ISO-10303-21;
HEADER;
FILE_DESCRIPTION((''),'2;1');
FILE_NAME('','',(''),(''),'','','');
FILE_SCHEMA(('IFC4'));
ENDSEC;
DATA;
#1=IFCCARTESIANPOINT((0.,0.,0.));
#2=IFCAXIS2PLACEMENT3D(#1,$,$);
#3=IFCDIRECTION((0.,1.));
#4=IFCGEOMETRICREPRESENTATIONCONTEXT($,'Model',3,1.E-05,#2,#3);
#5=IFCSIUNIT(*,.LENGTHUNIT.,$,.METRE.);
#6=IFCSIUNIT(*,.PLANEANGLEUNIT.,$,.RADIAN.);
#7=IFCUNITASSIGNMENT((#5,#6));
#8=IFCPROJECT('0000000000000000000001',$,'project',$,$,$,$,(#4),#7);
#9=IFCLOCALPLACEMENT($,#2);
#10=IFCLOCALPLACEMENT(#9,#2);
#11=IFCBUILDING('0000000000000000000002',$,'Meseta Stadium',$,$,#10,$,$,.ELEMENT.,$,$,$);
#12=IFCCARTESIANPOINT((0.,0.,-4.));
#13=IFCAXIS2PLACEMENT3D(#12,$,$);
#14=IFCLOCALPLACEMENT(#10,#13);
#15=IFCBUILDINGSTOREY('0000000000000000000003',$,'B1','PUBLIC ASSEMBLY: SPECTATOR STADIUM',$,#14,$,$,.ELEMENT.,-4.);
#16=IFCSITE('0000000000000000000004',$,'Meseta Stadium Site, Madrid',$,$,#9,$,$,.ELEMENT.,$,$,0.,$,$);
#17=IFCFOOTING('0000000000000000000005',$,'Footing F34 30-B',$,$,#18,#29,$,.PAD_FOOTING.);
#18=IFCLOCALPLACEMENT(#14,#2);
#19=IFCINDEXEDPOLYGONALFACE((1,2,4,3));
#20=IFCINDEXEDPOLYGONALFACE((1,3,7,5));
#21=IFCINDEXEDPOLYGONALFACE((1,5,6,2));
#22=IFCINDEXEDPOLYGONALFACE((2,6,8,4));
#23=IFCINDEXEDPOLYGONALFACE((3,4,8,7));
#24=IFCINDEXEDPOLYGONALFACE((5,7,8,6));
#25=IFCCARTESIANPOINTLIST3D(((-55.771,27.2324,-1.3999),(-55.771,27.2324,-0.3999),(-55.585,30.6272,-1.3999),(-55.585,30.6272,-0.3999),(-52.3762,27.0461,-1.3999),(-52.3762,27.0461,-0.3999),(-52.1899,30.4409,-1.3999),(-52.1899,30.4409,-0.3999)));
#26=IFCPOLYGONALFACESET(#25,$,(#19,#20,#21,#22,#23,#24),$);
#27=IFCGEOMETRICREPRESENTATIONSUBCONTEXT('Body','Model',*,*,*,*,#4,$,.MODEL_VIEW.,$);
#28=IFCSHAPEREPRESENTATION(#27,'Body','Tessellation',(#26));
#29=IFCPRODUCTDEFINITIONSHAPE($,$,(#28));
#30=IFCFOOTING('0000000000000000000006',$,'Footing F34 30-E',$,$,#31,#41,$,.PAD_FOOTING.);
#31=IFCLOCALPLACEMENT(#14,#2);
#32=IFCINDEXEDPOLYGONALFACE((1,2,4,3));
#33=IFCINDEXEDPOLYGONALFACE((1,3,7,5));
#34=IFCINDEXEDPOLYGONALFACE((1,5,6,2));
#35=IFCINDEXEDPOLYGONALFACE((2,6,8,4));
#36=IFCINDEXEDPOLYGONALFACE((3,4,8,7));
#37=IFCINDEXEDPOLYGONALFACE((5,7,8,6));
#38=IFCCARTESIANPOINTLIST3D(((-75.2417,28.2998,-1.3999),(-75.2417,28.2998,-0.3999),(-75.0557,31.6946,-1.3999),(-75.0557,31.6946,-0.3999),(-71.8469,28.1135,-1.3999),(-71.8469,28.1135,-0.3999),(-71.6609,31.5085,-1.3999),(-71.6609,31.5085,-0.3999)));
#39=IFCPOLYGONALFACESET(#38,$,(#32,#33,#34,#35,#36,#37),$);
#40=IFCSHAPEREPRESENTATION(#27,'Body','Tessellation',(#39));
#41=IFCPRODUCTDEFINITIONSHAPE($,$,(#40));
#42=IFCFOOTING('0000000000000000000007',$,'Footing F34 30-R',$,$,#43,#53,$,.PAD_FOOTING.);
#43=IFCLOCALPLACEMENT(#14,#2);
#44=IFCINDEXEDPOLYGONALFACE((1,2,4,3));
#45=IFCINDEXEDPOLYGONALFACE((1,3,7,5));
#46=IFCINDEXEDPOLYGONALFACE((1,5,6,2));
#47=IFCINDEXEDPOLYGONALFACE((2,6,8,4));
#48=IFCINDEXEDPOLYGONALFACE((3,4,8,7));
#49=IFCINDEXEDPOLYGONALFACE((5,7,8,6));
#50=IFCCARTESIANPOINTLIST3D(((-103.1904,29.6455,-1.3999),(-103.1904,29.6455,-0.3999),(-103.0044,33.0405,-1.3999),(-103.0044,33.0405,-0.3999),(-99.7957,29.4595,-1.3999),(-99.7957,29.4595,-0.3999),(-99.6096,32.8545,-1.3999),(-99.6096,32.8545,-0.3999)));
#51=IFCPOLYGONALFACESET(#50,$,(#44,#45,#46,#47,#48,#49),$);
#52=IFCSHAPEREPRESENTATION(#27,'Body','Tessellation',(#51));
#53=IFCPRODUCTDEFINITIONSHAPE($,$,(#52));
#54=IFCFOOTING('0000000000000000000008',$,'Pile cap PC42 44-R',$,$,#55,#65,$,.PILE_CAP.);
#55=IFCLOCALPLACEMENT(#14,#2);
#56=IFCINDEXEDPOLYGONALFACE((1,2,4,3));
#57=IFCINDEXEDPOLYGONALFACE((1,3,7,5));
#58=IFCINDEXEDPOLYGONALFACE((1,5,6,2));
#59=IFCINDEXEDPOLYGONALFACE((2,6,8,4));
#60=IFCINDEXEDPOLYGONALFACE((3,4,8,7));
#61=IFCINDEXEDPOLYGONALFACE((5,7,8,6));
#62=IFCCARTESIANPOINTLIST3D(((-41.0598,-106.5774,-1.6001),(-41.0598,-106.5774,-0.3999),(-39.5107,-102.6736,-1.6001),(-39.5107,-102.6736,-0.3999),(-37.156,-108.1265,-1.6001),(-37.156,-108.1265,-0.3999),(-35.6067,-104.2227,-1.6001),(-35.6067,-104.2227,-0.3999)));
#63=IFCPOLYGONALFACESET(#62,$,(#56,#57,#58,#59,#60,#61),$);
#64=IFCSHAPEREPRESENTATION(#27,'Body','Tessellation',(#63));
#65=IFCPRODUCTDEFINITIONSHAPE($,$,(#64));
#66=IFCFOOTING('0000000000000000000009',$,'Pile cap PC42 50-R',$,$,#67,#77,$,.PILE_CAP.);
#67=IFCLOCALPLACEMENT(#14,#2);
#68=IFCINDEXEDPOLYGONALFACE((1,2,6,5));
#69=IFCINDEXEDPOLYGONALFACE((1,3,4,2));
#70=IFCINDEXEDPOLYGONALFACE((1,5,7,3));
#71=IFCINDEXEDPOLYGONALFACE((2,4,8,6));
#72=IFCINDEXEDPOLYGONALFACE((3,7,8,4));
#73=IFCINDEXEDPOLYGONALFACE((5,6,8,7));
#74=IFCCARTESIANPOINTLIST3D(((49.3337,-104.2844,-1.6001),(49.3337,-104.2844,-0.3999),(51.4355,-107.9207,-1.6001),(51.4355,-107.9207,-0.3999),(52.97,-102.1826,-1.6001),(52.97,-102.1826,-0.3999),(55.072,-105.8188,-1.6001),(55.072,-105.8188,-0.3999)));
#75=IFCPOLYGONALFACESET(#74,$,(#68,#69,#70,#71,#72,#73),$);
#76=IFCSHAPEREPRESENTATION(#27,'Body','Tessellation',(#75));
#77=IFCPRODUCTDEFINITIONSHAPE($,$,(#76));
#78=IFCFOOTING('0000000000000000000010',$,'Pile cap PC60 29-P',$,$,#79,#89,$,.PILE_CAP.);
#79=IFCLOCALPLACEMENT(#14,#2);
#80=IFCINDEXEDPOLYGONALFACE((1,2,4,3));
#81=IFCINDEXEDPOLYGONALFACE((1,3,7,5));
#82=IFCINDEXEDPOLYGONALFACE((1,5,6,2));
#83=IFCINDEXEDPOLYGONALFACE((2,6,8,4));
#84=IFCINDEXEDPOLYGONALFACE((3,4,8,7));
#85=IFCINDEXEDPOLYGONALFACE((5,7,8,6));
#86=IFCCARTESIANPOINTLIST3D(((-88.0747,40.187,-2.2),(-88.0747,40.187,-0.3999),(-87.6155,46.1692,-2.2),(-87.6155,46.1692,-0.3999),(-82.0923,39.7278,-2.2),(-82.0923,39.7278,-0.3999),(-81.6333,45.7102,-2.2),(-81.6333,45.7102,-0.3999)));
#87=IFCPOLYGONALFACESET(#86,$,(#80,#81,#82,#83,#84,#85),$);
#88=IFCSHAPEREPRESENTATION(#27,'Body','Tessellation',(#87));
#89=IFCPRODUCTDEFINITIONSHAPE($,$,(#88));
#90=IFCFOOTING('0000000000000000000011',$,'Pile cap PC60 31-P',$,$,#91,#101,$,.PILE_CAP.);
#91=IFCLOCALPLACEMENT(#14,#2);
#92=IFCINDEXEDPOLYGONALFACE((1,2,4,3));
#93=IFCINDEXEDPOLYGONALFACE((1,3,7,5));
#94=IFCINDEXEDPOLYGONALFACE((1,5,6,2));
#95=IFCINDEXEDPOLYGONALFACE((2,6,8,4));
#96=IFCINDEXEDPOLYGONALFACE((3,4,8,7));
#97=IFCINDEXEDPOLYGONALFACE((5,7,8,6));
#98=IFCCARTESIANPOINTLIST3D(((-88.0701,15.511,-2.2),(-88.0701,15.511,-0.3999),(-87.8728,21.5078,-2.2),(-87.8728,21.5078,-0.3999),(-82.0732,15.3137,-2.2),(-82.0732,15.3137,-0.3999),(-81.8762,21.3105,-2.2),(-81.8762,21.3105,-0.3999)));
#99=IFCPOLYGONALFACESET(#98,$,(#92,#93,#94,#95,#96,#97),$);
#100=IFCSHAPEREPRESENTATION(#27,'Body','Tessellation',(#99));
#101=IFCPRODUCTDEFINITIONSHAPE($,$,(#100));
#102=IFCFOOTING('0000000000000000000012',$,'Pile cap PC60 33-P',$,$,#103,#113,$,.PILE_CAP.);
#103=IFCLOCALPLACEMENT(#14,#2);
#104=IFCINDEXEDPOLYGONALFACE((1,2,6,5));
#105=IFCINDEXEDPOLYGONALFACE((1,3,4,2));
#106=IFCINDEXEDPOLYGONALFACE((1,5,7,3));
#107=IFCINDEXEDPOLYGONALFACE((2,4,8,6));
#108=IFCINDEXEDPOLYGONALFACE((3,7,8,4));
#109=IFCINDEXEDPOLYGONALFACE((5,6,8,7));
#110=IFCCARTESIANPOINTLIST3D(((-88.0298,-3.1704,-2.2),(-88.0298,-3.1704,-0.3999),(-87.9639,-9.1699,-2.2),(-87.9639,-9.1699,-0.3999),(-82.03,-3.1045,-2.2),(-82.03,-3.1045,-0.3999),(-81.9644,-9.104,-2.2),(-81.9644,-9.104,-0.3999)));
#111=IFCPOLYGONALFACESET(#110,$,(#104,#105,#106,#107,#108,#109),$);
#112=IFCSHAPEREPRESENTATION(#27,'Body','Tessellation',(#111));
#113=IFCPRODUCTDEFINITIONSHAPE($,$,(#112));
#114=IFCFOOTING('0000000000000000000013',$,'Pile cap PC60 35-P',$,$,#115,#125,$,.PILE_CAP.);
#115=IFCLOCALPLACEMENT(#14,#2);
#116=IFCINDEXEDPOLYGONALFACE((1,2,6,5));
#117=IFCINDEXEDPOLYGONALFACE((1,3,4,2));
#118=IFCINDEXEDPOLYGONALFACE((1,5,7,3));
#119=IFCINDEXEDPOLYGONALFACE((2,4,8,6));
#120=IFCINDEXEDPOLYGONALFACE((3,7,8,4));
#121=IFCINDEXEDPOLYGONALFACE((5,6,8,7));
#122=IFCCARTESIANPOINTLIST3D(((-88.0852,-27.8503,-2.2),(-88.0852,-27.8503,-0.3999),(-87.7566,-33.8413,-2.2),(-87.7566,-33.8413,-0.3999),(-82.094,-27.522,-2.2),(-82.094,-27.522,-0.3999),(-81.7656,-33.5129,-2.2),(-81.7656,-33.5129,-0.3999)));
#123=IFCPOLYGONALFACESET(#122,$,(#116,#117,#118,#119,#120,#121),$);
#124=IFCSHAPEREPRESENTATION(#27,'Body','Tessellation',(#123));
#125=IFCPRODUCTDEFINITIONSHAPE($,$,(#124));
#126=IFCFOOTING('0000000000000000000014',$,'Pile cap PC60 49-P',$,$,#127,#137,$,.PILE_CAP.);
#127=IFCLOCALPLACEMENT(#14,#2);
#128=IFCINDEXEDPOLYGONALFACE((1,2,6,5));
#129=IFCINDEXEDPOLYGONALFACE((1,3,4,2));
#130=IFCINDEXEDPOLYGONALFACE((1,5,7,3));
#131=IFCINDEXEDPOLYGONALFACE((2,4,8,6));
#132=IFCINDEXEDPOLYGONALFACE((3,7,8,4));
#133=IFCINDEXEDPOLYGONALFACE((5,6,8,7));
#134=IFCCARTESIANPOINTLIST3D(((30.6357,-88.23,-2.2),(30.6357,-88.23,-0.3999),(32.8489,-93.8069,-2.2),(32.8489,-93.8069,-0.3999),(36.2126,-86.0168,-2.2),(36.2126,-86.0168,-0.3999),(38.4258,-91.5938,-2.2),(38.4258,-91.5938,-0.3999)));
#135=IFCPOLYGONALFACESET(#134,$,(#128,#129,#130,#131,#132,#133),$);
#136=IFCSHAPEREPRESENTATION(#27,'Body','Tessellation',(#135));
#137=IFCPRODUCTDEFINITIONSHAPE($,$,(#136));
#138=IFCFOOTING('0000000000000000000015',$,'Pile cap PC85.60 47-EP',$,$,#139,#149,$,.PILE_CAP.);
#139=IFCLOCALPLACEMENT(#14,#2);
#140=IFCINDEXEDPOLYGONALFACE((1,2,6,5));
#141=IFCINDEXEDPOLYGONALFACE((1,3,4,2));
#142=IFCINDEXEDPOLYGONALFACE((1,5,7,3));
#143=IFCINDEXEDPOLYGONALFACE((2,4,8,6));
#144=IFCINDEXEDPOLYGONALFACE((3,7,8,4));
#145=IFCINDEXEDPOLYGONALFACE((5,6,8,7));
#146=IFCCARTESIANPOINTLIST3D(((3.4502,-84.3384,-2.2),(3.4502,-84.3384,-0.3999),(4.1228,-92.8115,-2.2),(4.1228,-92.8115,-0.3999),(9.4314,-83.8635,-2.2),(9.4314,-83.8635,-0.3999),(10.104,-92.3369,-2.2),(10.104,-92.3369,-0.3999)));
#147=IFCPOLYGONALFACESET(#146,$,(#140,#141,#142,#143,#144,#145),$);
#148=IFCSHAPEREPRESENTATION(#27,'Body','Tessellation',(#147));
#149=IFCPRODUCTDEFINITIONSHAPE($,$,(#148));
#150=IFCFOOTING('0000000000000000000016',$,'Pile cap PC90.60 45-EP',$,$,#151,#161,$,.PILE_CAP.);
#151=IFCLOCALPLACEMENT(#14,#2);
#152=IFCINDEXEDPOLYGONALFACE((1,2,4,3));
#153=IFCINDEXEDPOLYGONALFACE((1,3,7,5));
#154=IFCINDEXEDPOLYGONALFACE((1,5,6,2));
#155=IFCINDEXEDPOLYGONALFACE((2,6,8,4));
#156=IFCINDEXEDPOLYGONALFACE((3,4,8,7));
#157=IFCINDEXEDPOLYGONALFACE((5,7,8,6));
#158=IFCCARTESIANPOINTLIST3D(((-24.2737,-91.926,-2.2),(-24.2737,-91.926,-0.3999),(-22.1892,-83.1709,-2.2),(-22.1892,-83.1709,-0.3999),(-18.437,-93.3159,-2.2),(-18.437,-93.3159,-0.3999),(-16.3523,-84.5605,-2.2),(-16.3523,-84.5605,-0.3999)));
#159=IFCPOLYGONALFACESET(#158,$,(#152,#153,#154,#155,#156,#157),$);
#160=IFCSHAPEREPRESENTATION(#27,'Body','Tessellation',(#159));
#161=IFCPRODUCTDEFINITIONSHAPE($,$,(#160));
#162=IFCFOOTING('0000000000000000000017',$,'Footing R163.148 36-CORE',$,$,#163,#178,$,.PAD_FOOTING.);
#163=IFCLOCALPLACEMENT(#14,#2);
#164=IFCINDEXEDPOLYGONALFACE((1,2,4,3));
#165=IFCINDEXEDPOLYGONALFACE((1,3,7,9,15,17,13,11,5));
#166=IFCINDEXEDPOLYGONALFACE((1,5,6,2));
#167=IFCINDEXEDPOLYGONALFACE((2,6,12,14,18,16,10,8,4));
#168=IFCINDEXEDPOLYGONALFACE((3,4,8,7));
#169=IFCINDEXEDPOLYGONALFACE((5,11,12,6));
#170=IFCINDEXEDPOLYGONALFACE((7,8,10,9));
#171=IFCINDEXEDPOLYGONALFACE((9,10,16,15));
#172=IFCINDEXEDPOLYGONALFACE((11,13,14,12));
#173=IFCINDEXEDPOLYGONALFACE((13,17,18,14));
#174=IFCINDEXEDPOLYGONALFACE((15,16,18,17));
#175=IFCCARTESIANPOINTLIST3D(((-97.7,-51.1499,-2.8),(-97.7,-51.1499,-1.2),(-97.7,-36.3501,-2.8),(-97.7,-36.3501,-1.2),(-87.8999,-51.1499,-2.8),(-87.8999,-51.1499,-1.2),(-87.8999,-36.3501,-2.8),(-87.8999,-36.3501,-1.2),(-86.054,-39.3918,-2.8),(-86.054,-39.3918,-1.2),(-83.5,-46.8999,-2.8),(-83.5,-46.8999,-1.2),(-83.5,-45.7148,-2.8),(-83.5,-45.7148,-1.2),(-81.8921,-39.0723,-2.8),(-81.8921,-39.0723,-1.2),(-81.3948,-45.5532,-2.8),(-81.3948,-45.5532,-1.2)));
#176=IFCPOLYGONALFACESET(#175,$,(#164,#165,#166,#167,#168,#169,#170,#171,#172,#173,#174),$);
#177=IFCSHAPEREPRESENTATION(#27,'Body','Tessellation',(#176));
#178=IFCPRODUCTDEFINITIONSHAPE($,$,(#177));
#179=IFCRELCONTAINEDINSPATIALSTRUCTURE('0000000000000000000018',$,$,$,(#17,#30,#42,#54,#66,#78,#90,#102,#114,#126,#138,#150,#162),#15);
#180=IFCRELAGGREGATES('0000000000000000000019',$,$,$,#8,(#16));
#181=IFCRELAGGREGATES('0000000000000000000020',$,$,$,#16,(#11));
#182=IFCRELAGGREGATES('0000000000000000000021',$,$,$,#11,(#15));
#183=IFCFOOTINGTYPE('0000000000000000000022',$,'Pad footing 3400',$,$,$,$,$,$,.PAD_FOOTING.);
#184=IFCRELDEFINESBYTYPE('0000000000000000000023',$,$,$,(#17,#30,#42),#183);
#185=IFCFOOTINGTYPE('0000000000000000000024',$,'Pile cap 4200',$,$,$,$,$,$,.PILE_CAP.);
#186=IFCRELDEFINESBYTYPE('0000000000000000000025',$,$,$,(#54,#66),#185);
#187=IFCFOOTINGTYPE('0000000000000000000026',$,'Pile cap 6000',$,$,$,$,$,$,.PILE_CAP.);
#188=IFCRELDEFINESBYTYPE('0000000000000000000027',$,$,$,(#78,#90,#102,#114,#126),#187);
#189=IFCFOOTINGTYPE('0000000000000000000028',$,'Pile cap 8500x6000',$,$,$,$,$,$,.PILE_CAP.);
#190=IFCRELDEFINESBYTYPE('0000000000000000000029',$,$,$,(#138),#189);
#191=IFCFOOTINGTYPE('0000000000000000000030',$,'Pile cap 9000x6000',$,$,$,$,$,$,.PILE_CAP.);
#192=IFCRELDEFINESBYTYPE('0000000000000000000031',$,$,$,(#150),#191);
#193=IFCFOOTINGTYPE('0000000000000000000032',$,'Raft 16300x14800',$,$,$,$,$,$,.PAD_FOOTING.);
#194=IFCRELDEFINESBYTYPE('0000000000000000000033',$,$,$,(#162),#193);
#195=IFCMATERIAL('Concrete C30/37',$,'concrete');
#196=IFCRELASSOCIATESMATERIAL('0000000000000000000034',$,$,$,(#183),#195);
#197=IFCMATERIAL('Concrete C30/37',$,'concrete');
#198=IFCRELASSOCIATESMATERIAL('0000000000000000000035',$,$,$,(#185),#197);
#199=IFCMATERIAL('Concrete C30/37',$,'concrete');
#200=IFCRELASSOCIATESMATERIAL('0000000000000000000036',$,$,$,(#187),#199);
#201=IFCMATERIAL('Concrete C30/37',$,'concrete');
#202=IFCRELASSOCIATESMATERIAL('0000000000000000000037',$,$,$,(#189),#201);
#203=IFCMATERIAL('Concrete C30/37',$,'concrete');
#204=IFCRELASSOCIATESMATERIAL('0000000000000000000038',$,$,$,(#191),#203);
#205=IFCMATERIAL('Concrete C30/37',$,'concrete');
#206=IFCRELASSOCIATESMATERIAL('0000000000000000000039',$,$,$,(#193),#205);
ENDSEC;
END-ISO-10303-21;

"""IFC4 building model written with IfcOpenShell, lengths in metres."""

from ifc_helpers import new_model, si_unit, direction, frame, origin, place, context, subcontext, project, spatial, polyline, outline, extrude, material, type_object, element, save


model = new_model("IFC4")

# Units and contexts
model_context = context("Model", 3, precision=1e-05, world=origin(), true_north=direction((0.0, 1.0)))
body_context = subcontext(model_context, "Body", "Model", "MODEL_VIEW")
ifc_project = project(units=[si_unit("LENGTHUNIT", "METRE"), si_unit("PLANEANGLEUNIT", "RADIAN")], contexts=[model_context])

# Site, building, storey
site_placement = place(None, origin())
site = spatial("IfcSite", under=ifc_project, at=site_placement, Name="Meseta Stadium Site, Madrid", CompositionType="ELEMENT", RefElevation=0.0)
building_placement = place(site_placement, origin())
building = spatial("IfcBuilding", under=site, at=building_placement, Name="Meseta Stadium", CompositionType="ELEMENT")
storey_placement = place(building_placement, frame((0.0, 0.0, -4.0)))
storey = spatial("IfcBuildingStorey", under=building, at=storey_placement, Name="B1", Description="PUBLIC ASSEMBLY: SPECTATOR STADIUM", CompositionType="ELEMENT", Elevation=-4.0)

# Footings
ifc_material_1 = material(Name="Concrete C30/37", Category="concrete")
footing_type_1 = type_object("IfcFootingType", Name="Pad footing 3400", PredefinedType="PAD_FOOTING", material=ifc_material_1)
footing_1_placement = place(storey_placement, frame((0.0, 0.0, -1.3999)))
element("IfcFooting", 1, at=footing_1_placement, inside=storey, type_object=footing_type_1, Name="Footing F34 30-B", PredefinedType="PAD_FOOTING", context=body_context, shape_type="SweptSolid", body=[
    extrude(outline(polyline([(-52.1899, 30.4409), (-55.585, 30.6272), (-55.771, 27.2324), (-52.3762, 27.0461), (-52.1899, 30.4409)])), origin(), (0.0, 0.0, 1.0), 1.0),
])
footing_2_placement = place(storey_placement, frame((0.0, 0.0, -1.3999)))
element("IfcFooting", 2, at=footing_2_placement, inside=storey, type_object=footing_type_1, Name="Footing F34 30-E", PredefinedType="PAD_FOOTING", context=body_context, shape_type="SweptSolid", body=[
    extrude(outline(polyline([(-71.6609, 31.5085), (-75.0557, 31.6946), (-75.2417, 28.2998), (-71.8469, 28.1135), (-71.6609, 31.5085)])), origin(), (0.0, 0.0, 1.0), 1.0),
])
footing_3_placement = place(storey_placement, frame((0.0, 0.0, -1.3999)))
element("IfcFooting", 3, at=footing_3_placement, inside=storey, type_object=footing_type_1, Name="Footing F34 30-R", PredefinedType="PAD_FOOTING", context=body_context, shape_type="SweptSolid", body=[
    extrude(outline(polyline([(-99.6096, 32.8545), (-103.0044, 33.0405), (-103.1904, 29.6455), (-99.7957, 29.4595), (-99.6096, 32.8545)])), origin(), (0.0, 0.0, 1.0), 1.0),
])
ifc_material_2 = material(Name="Concrete C30/37", Category="concrete")
footing_type_2 = type_object("IfcFootingType", Name="Pile cap 4200", PredefinedType="PILE_CAP", material=ifc_material_2)
footing_4_placement = place(storey_placement, frame((0.0, 0.0, -1.6001)))
element("IfcFooting", 4, at=footing_4_placement, inside=storey, type_object=footing_type_2, Name="Pile cap PC42 44-R", PredefinedType="PILE_CAP", context=body_context, shape_type="SweptSolid", body=[
    extrude(outline(polyline([(-39.5107, -102.6736), (-41.0598, -106.5774), (-37.156, -108.1265), (-35.6067, -104.2227), (-39.5107, -102.6736)])), origin(), (0.0, 0.0, 1.0), 1.2002),
])
footing_5_placement = place(storey_placement, frame((0.0, 0.0, -1.6001)))
element("IfcFooting", 5, at=footing_5_placement, inside=storey, type_object=footing_type_2, Name="Pile cap PC42 50-R", PredefinedType="PILE_CAP", context=body_context, shape_type="SweptSolid", body=[
    extrude(outline(polyline([(49.3337, -104.2844), (51.4355, -107.9207), (55.072, -105.8188), (52.97, -102.1826), (49.3337, -104.2844)])), origin(), (0.0, 0.0, 1.0), 1.2002),
])
ifc_material_3 = material(Name="Concrete C30/37", Category="concrete")
footing_type_3 = type_object("IfcFootingType", Name="Pile cap 6000", PredefinedType="PILE_CAP", material=ifc_material_3)
footing_6_placement = place(storey_placement, frame((0.0, 0.0, -2.2)))
element("IfcFooting", 6, at=footing_6_placement, inside=storey, type_object=footing_type_3, Name="Pile cap PC60 29-P", PredefinedType="PILE_CAP", context=body_context, shape_type="SweptSolid", body=[
    extrude(outline(polyline([(-81.6333, 45.7102), (-87.6155, 46.1692), (-88.0747, 40.187), (-82.0923, 39.7278), (-81.6333, 45.7102)])), origin(), (0.0, 0.0, 1.0), 1.8),
])
footing_7_placement = place(storey_placement, frame((0.0, 0.0, -2.2)))
element("IfcFooting", 7, at=footing_7_placement, inside=storey, type_object=footing_type_3, Name="Pile cap PC60 31-P", PredefinedType="PILE_CAP", context=body_context, shape_type="SweptSolid", body=[
    extrude(outline(polyline([(-81.8762, 21.3105), (-87.8728, 21.5078), (-88.0701, 15.511), (-82.0732, 15.3137), (-81.8762, 21.3105)])), origin(), (0.0, 0.0, 1.0), 1.8),
])
footing_8_placement = place(storey_placement, frame((0.0, 0.0, -2.2)))
element("IfcFooting", 8, at=footing_8_placement, inside=storey, type_object=footing_type_3, Name="Pile cap PC60 33-P", PredefinedType="PILE_CAP", context=body_context, shape_type="SweptSolid", body=[
    extrude(outline(polyline([(-82.03, -3.1045), (-88.0298, -3.1704), (-87.9639, -9.1699), (-81.9644, -9.104), (-82.03, -3.1045)])), origin(), (0.0, 0.0, 1.0), 1.8),
])
footing_9_placement = place(storey_placement, frame((0.0, 0.0, -2.2)))
element("IfcFooting", 9, at=footing_9_placement, inside=storey, type_object=footing_type_3, Name="Pile cap PC60 35-P", PredefinedType="PILE_CAP", context=body_context, shape_type="SweptSolid", body=[
    extrude(outline(polyline([(-82.094, -27.522), (-88.0852, -27.8503), (-87.7566, -33.8413), (-81.7656, -33.5129), (-82.094, -27.522)])), origin(), (0.0, 0.0, 1.0), 1.8),
])
footing_10_placement = place(storey_placement, frame((0.0, 0.0, -2.2)))
element("IfcFooting", 10, at=footing_10_placement, inside=storey, type_object=footing_type_3, Name="Pile cap PC60 49-P", PredefinedType="PILE_CAP", context=body_context, shape_type="SweptSolid", body=[
    extrude(outline(polyline([(30.6357, -88.23), (32.8489, -93.8069), (38.4258, -91.5938), (36.2126, -86.0168), (30.6357, -88.23)])), origin(), (0.0, 0.0, 1.0), 1.8),
])
ifc_material_4 = material(Name="Concrete C30/37", Category="concrete")
footing_type_4 = type_object("IfcFootingType", Name="Pile cap 8500x6000", PredefinedType="PILE_CAP", material=ifc_material_4)
footing_11_placement = place(storey_placement, frame((0.0, 0.0, -2.2)))
element("IfcFooting", 11, at=footing_11_placement, inside=storey, type_object=footing_type_4, Name="Pile cap PC85.60 47-EP", PredefinedType="PILE_CAP", context=body_context, shape_type="SweptSolid", body=[
    extrude(outline(polyline([(3.4502, -84.3384), (4.1228, -92.8115), (10.104, -92.3369), (9.4314, -83.8635), (3.4502, -84.3384)])), origin(), (0.0, 0.0, 1.0), 1.8),
])
ifc_material_5 = material(Name="Concrete C30/37", Category="concrete")
footing_type_5 = type_object("IfcFootingType", Name="Pile cap 9000x6000", PredefinedType="PILE_CAP", material=ifc_material_5)
footing_12_placement = place(storey_placement, frame((0.0, 0.0, -2.2)))
element("IfcFooting", 12, at=footing_12_placement, inside=storey, type_object=footing_type_5, Name="Pile cap PC90.60 45-EP", PredefinedType="PILE_CAP", context=body_context, shape_type="SweptSolid", body=[
    extrude(outline(polyline([(-22.1892, -83.1709), (-24.2737, -91.926), (-18.437, -93.3159), (-16.3523, -84.5605), (-22.1892, -83.1709)])), origin(), (0.0, 0.0, 1.0), 1.8),
])
ifc_material_6 = material(Name="Concrete C30/37", Category="concrete")
footing_type_6 = type_object("IfcFootingType", Name="Raft 16300x14800", PredefinedType="PAD_FOOTING", material=ifc_material_6)
footing_13_placement = place(storey_placement, frame((0.0, 0.0, -2.8)))
element("IfcFooting", 13, at=footing_13_placement, inside=storey, type_object=footing_type_6, Name="Footing R163.148 36-CORE", PredefinedType="PAD_FOOTING", context=body_context, shape_type="SweptSolid", body=[
    extrude(outline(polyline([(-97.7, -51.1499), (-87.8999, -51.1499), (-83.5, -46.8999), (-83.5, -45.7148), (-81.3948, -45.5532), (-81.8921, -39.0723), (-86.054, -39.3918), (-87.8999, -36.3501), (-97.7, -36.3501), (-97.7, -51.1499)])), origin(), (0.0, 0.0, 1.0), 1.6001),
])

save(model, "model.ifc")
